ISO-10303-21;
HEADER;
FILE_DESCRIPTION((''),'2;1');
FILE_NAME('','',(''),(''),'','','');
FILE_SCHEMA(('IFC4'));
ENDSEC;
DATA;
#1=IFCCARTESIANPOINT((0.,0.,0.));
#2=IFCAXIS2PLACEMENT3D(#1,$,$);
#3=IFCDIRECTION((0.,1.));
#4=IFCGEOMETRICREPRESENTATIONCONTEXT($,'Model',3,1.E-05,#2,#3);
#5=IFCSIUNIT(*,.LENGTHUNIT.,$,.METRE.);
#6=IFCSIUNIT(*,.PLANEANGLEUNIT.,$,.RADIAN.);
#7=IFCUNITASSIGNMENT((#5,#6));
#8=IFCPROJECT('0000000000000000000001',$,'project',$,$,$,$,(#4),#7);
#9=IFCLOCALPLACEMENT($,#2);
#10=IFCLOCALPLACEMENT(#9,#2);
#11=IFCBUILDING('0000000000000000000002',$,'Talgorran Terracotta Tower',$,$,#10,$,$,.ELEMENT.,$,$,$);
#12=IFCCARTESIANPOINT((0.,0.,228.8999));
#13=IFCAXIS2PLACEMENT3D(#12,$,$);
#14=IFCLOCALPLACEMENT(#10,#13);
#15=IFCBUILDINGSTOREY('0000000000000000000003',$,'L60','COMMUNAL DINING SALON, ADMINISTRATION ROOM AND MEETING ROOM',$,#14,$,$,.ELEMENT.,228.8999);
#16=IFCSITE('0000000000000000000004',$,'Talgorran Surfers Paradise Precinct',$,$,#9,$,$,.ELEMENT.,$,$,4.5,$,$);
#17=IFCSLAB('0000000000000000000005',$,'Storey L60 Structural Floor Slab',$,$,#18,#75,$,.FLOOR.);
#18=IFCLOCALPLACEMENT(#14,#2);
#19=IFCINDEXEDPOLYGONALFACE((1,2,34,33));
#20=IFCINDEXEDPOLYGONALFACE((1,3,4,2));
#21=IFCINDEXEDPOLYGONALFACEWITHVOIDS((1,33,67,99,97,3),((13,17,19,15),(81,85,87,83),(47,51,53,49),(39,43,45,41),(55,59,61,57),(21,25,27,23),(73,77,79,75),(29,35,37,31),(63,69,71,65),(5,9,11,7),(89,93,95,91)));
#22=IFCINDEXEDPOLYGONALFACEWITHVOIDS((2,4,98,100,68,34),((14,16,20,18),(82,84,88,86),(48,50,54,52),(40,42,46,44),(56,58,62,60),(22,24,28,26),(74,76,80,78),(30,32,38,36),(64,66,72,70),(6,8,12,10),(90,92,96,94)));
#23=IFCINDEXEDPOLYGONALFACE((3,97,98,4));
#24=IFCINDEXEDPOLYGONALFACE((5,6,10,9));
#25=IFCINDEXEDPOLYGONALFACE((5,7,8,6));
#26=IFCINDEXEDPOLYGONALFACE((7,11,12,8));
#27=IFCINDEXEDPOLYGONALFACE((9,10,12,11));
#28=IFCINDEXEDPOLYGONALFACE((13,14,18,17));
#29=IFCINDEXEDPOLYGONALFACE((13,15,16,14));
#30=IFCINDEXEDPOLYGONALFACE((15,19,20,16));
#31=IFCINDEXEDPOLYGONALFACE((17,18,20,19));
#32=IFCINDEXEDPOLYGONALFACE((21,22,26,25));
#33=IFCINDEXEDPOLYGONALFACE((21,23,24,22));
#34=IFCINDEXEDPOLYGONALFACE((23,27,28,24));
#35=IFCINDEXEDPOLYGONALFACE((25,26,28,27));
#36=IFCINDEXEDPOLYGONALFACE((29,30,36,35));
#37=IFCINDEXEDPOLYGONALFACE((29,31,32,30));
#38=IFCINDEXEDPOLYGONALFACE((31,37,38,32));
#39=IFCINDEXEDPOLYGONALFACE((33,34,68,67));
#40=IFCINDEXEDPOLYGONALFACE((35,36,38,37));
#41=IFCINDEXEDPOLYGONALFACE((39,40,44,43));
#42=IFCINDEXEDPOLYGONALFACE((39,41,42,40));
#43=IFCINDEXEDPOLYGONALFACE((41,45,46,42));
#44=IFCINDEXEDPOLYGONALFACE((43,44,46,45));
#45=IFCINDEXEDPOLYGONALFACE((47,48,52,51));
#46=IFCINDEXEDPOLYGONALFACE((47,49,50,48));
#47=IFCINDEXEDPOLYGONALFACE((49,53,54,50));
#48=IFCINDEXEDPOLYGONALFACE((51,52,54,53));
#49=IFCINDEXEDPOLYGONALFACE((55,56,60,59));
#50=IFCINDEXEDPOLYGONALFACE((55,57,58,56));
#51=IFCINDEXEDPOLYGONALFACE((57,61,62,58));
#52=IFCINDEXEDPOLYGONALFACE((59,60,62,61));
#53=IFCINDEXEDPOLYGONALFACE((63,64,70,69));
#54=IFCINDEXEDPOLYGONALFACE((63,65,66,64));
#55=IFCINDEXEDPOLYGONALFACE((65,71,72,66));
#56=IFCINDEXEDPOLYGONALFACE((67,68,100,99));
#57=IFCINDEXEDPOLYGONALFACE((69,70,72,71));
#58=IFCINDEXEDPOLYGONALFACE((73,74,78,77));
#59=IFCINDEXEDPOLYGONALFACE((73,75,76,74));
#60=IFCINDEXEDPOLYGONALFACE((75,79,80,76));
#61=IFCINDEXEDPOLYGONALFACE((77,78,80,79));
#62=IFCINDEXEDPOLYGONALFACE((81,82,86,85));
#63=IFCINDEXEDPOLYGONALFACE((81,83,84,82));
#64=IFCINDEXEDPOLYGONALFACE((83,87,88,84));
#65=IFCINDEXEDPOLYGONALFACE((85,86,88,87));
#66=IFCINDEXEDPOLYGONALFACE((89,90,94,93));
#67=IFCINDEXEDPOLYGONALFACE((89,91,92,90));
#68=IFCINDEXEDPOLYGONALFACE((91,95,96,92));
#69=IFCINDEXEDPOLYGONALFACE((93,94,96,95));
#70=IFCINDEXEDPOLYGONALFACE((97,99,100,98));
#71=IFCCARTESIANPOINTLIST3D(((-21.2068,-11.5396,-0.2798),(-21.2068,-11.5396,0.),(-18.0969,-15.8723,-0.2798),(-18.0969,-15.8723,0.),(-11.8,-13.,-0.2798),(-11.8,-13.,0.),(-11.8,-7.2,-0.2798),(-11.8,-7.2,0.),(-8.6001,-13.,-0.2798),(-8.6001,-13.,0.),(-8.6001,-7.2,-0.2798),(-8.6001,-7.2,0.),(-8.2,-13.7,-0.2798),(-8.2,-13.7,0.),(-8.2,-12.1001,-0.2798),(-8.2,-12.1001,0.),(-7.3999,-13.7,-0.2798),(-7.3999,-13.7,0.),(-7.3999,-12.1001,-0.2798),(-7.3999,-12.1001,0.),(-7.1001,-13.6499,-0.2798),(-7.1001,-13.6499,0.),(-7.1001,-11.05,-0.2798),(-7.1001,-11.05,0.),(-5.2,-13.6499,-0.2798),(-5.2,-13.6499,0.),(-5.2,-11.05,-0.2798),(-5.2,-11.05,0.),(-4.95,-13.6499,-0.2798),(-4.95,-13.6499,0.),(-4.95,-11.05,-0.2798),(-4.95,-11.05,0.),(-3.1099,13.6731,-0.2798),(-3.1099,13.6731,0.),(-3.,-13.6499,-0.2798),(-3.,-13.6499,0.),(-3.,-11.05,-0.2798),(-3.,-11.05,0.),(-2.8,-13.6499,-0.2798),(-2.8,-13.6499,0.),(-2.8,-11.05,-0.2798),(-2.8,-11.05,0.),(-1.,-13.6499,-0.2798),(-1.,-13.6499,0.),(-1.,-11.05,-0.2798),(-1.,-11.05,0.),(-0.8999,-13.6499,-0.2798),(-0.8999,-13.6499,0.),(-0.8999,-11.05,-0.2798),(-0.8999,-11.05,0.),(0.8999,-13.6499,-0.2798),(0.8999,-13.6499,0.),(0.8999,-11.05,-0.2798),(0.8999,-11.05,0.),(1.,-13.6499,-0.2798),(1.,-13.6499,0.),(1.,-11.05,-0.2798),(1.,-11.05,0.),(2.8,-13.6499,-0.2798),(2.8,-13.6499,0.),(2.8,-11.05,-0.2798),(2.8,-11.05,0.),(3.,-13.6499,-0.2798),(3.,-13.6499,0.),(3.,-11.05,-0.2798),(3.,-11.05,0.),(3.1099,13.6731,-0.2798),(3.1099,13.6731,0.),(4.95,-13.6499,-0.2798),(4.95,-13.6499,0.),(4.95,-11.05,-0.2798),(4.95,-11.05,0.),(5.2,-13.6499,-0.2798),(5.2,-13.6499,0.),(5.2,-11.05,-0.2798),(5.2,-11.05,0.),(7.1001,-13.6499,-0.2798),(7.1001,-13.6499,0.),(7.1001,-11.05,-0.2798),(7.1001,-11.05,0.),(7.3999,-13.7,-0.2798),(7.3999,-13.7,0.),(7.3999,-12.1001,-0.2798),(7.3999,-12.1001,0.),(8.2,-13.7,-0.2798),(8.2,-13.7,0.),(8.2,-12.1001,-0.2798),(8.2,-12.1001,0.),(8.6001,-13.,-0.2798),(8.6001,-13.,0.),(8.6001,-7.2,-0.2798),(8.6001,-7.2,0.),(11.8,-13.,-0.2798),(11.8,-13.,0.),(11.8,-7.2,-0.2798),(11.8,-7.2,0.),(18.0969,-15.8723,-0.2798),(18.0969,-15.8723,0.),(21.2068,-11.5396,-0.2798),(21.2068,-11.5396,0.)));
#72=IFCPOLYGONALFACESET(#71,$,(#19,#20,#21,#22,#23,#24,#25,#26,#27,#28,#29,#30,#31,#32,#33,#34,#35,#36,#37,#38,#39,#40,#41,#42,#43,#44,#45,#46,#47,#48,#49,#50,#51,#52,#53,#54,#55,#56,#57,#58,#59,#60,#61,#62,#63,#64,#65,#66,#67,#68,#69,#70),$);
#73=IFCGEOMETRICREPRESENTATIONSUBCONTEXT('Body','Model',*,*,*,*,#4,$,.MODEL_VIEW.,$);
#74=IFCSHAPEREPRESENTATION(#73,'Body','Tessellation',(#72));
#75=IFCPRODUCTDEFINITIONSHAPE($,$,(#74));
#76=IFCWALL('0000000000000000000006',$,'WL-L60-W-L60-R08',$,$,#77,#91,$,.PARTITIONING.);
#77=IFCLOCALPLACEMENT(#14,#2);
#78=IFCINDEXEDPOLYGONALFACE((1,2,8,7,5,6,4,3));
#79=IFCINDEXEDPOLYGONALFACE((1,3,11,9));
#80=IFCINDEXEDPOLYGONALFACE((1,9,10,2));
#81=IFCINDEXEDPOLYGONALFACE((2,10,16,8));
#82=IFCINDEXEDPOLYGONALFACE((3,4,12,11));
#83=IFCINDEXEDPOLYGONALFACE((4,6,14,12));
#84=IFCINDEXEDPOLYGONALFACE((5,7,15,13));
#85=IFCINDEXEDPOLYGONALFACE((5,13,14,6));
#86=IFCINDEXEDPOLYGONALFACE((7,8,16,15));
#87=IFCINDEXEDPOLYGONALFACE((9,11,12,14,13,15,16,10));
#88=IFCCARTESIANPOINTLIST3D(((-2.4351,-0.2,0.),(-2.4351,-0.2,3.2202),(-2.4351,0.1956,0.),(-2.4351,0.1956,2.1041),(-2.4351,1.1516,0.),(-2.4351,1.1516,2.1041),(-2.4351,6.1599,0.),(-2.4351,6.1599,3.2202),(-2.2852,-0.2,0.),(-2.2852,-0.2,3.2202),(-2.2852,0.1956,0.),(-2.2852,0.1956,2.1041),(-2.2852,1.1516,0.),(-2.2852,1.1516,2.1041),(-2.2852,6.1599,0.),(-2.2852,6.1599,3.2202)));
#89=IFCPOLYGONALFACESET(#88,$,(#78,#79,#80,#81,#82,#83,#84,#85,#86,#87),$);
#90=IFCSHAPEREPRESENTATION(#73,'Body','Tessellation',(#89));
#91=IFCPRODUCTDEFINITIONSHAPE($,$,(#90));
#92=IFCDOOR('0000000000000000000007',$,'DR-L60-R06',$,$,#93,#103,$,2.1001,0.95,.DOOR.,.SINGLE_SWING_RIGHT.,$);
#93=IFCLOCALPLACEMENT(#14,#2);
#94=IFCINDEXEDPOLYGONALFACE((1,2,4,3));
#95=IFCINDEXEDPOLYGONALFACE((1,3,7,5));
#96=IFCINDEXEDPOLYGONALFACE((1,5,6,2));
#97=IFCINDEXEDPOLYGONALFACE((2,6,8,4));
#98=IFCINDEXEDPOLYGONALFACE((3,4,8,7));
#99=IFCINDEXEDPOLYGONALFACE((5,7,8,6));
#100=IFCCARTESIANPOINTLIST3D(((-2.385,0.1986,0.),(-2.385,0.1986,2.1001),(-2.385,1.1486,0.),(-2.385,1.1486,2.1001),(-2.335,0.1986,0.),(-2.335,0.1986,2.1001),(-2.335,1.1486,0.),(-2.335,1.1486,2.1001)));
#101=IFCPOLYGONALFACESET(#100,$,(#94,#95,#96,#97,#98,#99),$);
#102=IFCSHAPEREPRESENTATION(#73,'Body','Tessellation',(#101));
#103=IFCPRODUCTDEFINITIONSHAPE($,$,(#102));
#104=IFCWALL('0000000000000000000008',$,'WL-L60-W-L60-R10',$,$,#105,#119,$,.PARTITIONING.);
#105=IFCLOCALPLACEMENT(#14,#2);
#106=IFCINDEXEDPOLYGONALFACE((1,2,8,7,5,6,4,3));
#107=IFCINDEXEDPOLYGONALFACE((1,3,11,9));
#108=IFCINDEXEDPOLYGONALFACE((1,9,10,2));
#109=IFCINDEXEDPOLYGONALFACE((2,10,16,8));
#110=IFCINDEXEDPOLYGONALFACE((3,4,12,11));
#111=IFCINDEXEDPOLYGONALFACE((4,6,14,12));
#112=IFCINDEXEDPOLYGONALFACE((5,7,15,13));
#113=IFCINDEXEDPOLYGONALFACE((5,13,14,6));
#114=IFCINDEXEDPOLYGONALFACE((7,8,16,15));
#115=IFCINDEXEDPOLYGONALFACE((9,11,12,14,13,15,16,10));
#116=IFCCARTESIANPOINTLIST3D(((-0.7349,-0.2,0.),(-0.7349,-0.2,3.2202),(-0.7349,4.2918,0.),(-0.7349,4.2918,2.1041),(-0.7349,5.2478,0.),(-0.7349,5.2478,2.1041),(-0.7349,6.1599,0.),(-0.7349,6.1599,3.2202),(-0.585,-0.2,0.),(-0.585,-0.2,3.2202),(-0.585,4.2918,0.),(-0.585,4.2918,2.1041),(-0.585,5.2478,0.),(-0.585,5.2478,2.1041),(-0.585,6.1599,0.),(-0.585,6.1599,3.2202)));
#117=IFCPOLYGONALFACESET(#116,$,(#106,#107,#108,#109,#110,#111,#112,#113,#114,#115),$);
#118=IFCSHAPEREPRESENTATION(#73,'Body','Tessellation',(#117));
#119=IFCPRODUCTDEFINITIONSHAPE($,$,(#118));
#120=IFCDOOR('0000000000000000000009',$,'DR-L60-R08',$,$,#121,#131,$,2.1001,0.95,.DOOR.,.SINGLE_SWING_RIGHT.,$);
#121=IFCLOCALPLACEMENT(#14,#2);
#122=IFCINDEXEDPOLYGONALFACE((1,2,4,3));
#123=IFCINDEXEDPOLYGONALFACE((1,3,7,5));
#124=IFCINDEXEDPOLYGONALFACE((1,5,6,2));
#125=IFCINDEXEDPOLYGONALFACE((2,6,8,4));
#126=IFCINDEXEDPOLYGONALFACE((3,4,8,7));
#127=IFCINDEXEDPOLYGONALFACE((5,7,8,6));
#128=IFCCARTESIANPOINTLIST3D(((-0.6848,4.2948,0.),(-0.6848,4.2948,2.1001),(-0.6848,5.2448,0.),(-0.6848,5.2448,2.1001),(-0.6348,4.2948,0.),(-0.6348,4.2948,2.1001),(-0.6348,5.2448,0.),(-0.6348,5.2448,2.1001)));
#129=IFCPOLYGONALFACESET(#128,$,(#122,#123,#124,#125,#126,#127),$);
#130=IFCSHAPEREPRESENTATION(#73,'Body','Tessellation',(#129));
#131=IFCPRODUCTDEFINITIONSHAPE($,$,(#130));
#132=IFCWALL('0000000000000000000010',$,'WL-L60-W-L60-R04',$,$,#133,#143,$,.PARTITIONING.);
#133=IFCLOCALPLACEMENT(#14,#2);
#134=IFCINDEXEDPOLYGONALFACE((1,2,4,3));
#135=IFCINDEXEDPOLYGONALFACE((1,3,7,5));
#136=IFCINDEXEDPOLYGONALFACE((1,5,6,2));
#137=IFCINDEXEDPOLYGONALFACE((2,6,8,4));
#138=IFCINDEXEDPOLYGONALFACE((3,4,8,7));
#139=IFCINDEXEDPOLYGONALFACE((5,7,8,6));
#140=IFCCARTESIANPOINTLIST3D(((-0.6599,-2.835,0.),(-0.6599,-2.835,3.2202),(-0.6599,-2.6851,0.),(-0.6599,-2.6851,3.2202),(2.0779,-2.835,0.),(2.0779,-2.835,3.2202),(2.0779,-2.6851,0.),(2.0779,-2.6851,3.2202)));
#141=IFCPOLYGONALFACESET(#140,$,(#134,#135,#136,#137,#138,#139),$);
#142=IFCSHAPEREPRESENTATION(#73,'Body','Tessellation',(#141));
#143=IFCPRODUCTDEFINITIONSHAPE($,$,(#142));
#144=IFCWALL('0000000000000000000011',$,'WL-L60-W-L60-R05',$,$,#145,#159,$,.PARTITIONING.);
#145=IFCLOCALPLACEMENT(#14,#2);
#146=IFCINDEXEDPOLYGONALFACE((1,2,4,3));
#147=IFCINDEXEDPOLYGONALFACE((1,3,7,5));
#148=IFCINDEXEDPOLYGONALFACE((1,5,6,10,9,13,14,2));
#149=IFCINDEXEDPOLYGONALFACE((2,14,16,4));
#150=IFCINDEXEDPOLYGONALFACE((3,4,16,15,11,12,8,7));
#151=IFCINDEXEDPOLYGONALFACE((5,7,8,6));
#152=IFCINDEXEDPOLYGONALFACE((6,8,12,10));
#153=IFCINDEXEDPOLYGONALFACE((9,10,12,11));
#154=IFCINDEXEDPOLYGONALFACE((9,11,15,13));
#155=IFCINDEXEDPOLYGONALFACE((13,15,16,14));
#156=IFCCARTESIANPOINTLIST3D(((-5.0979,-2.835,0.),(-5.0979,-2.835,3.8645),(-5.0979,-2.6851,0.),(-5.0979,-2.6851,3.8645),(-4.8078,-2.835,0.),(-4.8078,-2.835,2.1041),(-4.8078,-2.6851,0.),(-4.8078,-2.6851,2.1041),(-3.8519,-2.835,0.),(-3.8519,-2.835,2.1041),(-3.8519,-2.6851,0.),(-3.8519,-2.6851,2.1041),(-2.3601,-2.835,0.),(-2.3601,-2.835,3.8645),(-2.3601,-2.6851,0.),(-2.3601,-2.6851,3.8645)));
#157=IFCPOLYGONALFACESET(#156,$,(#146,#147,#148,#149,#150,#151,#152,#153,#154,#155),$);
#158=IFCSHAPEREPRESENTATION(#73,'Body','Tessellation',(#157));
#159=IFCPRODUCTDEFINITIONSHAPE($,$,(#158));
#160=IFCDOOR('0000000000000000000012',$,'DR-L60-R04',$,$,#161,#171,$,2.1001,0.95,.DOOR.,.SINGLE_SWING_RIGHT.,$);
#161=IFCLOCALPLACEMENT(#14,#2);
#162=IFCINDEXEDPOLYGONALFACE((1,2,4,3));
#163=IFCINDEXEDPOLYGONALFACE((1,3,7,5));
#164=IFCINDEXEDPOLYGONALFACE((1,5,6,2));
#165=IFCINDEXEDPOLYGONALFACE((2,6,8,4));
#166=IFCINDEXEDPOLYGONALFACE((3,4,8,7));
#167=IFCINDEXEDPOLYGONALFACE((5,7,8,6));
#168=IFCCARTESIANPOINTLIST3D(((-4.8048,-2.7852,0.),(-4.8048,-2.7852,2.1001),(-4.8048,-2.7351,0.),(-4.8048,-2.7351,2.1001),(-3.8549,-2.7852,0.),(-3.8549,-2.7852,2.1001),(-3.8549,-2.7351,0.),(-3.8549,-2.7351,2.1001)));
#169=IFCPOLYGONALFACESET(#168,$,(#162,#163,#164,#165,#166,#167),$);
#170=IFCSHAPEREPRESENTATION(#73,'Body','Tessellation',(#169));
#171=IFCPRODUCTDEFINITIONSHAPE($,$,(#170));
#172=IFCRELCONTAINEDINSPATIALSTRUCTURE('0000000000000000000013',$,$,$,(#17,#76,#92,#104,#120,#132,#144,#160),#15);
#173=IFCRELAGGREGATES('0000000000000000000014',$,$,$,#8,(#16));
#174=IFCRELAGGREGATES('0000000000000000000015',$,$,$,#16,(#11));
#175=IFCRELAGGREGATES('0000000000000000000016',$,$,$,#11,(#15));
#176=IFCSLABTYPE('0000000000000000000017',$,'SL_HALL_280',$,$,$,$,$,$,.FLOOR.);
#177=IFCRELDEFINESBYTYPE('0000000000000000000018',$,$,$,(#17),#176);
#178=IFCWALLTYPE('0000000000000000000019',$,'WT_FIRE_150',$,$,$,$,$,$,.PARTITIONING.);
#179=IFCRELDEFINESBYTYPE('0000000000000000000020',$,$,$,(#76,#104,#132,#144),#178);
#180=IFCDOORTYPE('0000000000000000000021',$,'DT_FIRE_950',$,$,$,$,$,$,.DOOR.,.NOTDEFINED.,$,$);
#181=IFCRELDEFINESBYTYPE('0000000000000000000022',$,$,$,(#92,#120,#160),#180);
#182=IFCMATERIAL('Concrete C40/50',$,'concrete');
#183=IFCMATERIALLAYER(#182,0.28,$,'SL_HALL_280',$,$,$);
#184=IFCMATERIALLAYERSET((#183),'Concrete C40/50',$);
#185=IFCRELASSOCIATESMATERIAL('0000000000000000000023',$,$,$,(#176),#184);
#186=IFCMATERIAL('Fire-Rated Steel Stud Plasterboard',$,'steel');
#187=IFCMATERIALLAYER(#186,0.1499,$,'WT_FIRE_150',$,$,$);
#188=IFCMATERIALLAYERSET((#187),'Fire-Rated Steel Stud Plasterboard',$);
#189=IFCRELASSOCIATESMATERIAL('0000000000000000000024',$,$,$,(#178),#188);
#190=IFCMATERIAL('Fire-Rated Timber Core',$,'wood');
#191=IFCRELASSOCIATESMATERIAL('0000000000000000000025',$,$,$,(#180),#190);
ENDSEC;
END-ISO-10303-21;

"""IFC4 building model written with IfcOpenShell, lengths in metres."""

from ifc_helpers import new_model, si_unit, direction, frame, frame_2d, origin, place, context, subcontext, project, spatial, polyline, rectangle, outline, extrude, material, layer, layer_set, type_object, element, fill, save


model = new_model("IFC4")

# Units and contexts
model_context = context("Model", 3, precision=1e-05, world=origin(), true_north=direction((0.0, 1.0)))
body_context = subcontext(model_context, "Body", "Model", "MODEL_VIEW")
ifc_project = project(units=[si_unit("LENGTHUNIT", "METRE"), si_unit("PLANEANGLEUNIT", "RADIAN")], contexts=[model_context])

# Site, building, storey
site_placement = place(None, origin())
site = spatial("IfcSite", under=ifc_project, at=site_placement, Name="Talgorran Surfers Paradise Precinct", CompositionType="ELEMENT", RefElevation=4.5)
building_placement = place(site_placement, origin())
building = spatial("IfcBuilding", under=site, at=building_placement, Name="Talgorran Terracotta Tower", CompositionType="ELEMENT")
storey_placement = place(building_placement, frame((0.0, 0.0, 228.8999)))
storey = spatial("IfcBuildingStorey", under=building, at=storey_placement, Name="L60", Description="COMMUNAL DINING SALON, ADMINISTRATION ROOM AND MEETING ROOM", CompositionType="ELEMENT", Elevation=228.8999)

# Slab
ifc_material_1 = material(Name="Concrete C40/50", Category="concrete")
ifc_layer_1 = layer(ifc_material_1, 0.28, Name="SL_HALL_280")
ifc_layer_set_1 = layer_set([ifc_layer_1], Name="Concrete C40/50")
slab_type_1 = type_object("IfcSlabType", Name="SL_HALL_280", PredefinedType="FLOOR", material=ifc_layer_set_1)
slab_1_placement = place(storey_placement, frame((0.0, 0.0, -0.2798)))
element("IfcSlab", 1, at=slab_1_placement, inside=storey, type_object=slab_type_1, Name="Storey L60 Structural Floor Slab", PredefinedType="FLOOR", context=body_context, shape_type="SweptSolid", body=[
    extrude(outline(polyline([(-21.2068, -11.5396), (-18.0969, -15.8723), (18.0969, -15.8723), (21.2068, -11.5396), (3.1099, 13.6731), (-3.1099, 13.6731), (-21.2068, -11.5396)]), holes=[polyline([(-11.8, -7.2), (-11.8, -13.0), (-8.6001, -13.0), (-8.6001, -7.2), (-11.8, -7.2)]), polyline([(8.6001, -7.2), (8.6001, -13.0), (11.8, -13.0), (11.8, -7.2), (8.6001, -7.2)]), polyline([(-7.1001, -13.6499), (-5.2, -13.6499), (-5.2, -11.05), (-7.1001, -11.05), (-7.1001, -13.6499)]), polyline([(5.2, -13.6499), (7.1001, -13.6499), (7.1001, -11.05), (5.2, -11.05), (5.2, -13.6499)]), polyline([(3.0, -13.6499), (4.95, -13.6499), (4.95, -11.05), (3.0, -11.05), (3.0, -13.6499)]), polyline([(-4.95, -13.6499), (-3.0, -13.6499), (-3.0, -11.05), (-4.95, -11.05), (-4.95, -13.6499)]), polyline([(-2.8, -13.6499), (-1.0, -13.6499), (-1.0, -11.05), (-2.8, -11.05), (-2.8, -13.6499)]), polyline([(-0.8999, -13.6499), (0.8999, -13.6499), (0.8999, -11.05), (-0.8999, -11.05), (-0.8999, -13.6499)]), polyline([(1.0, -13.6499), (2.8, -13.6499), (2.8, -11.05), (1.0, -11.05), (1.0, -13.6499)]), polyline([(-8.2, -13.7), (-7.3999, -13.7), (-7.3999, -12.1001), (-8.2, -12.1001), (-8.2, -13.7)]), polyline([(7.3999, -13.7), (8.2, -13.7), (8.2, -12.1001), (7.3999, -12.1001), (7.3999, -13.7)])]), origin(), (0.0, 0.0, 1.0), 0.2798),
])

# Walls, openings, doors
ifc_material_2 = material(Name="Fire-Rated Steel Stud Plasterboard", Category="steel")
ifc_layer_2 = layer(ifc_material_2, 0.1499, Name="WT_FIRE_150")
ifc_layer_set_2 = layer_set([ifc_layer_2], Name="Fire-Rated Steel Stud Plasterboard")
wall_type_1 = type_object("IfcWallType", Name="WT_FIRE_150", PredefinedType="PARTITIONING", material=ifc_layer_set_2)
wall_1_placement = place(storey_placement, frame((-2.3601, -0.2, 0.0), z_axis=(0.0, 0.0, 1.0), x_axis=(0.0, 1.0, 0.0)))
wall_1 = element("IfcWall", 2, at=wall_1_placement, inside=storey, type_object=wall_type_1, Name="WL-L60-W-L60-R08", PredefinedType="PARTITIONING", context=body_context, shape_type="SweptSolid", body=[
    extrude(rectangle(XDim=6.3599, YDim=0.1499, at=frame_2d((3.1799, 0.0))), origin(), (0.0, 0.0, 1.0), 3.2202),
])
opening_1_placement = place(wall_1_placement, frame((0.3984, 0.0, 0.0)))
opening_1 = element("IfcOpeningElement", 3, at=opening_1_placement, cuts=wall_1, PredefinedType="OPENING", context=body_context, shape_type="SweptSolid", body=[
    extrude(rectangle(XDim=0.956, YDim=2.1041, at=frame_2d((0.4751, 1.052))), frame((0.0, 0.085, 0.0), z_axis=(0.0, -1.0, 0.0), x_axis=(1.0, 0.0, 0.0)), (0.0, 0.0, 1.0), 0.1699),
])
ifc_material_3 = material(Name="Fire-Rated Timber Core", Category="wood")
door_type = type_object("IfcDoorType", Name="DT_FIRE_950", OperationType="NOTDEFINED", PredefinedType="DOOR", material=ifc_material_3)
door_1_placement = place(opening_1_placement, origin())
door_1 = element("IfcDoor", 4, at=door_1_placement, inside=storey, type_object=door_type, Name="DR-L60-R06", OperationType="SINGLE_SWING_RIGHT", OverallHeight=2.1001, OverallWidth=0.95, PredefinedType="DOOR", context=body_context, shape_type="SweptSolid", body=[
    extrude(rectangle(XDim=0.95, YDim=2.1001, at=frame_2d((0.4751, 1.05))), frame((0.0, 0.0249, 0.0), z_axis=(0.0, -1.0, 0.0), x_axis=(1.0, 0.0, 0.0)), (0.0, 0.0, 1.0), 0.05),
])
fill(opening_1, door_1)
wall_2_placement = place(storey_placement, frame((-0.6599, -0.2, 0.0), z_axis=(0.0, 0.0, 1.0), x_axis=(0.0, 1.0, 0.0)))
wall_2 = element("IfcWall", 5, at=wall_2_placement, inside=storey, type_object=wall_type_1, Name="WL-L60-W-L60-R10", PredefinedType="PARTITIONING", context=body_context, shape_type="SweptSolid", body=[
    extrude(rectangle(XDim=6.3599, YDim=0.1499, at=frame_2d((3.1799, 0.0))), origin(), (0.0, 0.0, 1.0), 3.2202),
])
opening_2_placement = place(wall_2_placement, frame((4.4946, 0.0, 0.0)))
opening_2 = element("IfcOpeningElement", 6, at=opening_2_placement, cuts=wall_2, PredefinedType="OPENING", context=body_context, shape_type="SweptSolid", body=[
    extrude(rectangle(XDim=0.956, YDim=2.1041, at=frame_2d((0.4751, 1.052))), frame((0.0, 0.085, 0.0), z_axis=(0.0, -1.0, 0.0), x_axis=(1.0, 0.0, 0.0)), (0.0, 0.0, 1.0), 0.1699),
])
door_2_placement = place(opening_2_placement, origin())
door_2 = element("IfcDoor", 7, at=door_2_placement, inside=storey, type_object=door_type, Name="DR-L60-R08", OperationType="SINGLE_SWING_RIGHT", OverallHeight=2.1001, OverallWidth=0.95, PredefinedType="DOOR", context=body_context, shape_type="SweptSolid", body=[
    extrude(rectangle(XDim=0.95, YDim=2.1001, at=frame_2d((0.4751, 1.05))), frame((0.0, 0.0249, 0.0), z_axis=(0.0, -1.0, 0.0), x_axis=(1.0, 0.0, 0.0)), (0.0, 0.0, 1.0), 0.05),
])
fill(opening_2, door_2)

# Wall
wall_3_placement = place(storey_placement, frame((-0.6599, -2.76, 0.0), z_axis=(0.0, 0.0, 1.0), x_axis=(1.0, 0.0, 0.0)))
element("IfcWall", 8, at=wall_3_placement, inside=storey, type_object=wall_type_1, Name="WL-L60-W-L60-R04", PredefinedType="PARTITIONING", context=body_context, shape_type="SweptSolid", body=[
    extrude(rectangle(XDim=2.7378, YDim=0.1499, at=frame_2d((1.3689, 0.0))), origin(), (0.0, 0.0, 1.0), 3.2202),
])

# Wall, opening, door
wall_4_placement = place(storey_placement, frame((-5.0979, -2.76, 0.0), z_axis=(0.0, 0.0, 1.0), x_axis=(1.0, 0.0, 0.0)))
wall_4 = element("IfcWall", 9, at=wall_4_placement, inside=storey, type_object=wall_type_1, Name="WL-L60-W-L60-R05", PredefinedType="PARTITIONING", context=body_context, shape_type="SweptSolid", body=[
    extrude(rectangle(XDim=2.7378, YDim=0.1499, at=frame_2d((1.3689, 0.0))), origin(), (0.0, 0.0, 1.0), 3.8645),
])
opening_3_placement = place(wall_4_placement, frame((0.293, 0.0, 0.0)))
opening_3 = element("IfcOpeningElement", 10, at=opening_3_placement, cuts=wall_4, PredefinedType="OPENING", context=body_context, shape_type="SweptSolid", body=[
    extrude(rectangle(XDim=0.956, YDim=2.1041, at=frame_2d((0.4751, 1.052))), frame((0.0, 0.085, 0.0), z_axis=(0.0, -1.0, 0.0), x_axis=(1.0, 0.0, 0.0)), (0.0, 0.0, 1.0), 0.1699),
])
door_3_placement = place(opening_3_placement, origin())
door_3 = element("IfcDoor", 11, at=door_3_placement, inside=storey, type_object=door_type, Name="DR-L60-R04", OperationType="SINGLE_SWING_RIGHT", OverallHeight=2.1001, OverallWidth=0.95, PredefinedType="DOOR", context=body_context, shape_type="SweptSolid", body=[
    extrude(rectangle(XDim=0.95, YDim=2.1001, at=frame_2d((0.4751, 1.05))), frame((0.0, 0.0249, 0.0), z_axis=(0.0, -1.0, 0.0), x_axis=(1.0, 0.0, 0.0)), (0.0, 0.0, 1.0), 0.05),
])
fill(opening_3, door_3)

save(model, "model.ifc")
